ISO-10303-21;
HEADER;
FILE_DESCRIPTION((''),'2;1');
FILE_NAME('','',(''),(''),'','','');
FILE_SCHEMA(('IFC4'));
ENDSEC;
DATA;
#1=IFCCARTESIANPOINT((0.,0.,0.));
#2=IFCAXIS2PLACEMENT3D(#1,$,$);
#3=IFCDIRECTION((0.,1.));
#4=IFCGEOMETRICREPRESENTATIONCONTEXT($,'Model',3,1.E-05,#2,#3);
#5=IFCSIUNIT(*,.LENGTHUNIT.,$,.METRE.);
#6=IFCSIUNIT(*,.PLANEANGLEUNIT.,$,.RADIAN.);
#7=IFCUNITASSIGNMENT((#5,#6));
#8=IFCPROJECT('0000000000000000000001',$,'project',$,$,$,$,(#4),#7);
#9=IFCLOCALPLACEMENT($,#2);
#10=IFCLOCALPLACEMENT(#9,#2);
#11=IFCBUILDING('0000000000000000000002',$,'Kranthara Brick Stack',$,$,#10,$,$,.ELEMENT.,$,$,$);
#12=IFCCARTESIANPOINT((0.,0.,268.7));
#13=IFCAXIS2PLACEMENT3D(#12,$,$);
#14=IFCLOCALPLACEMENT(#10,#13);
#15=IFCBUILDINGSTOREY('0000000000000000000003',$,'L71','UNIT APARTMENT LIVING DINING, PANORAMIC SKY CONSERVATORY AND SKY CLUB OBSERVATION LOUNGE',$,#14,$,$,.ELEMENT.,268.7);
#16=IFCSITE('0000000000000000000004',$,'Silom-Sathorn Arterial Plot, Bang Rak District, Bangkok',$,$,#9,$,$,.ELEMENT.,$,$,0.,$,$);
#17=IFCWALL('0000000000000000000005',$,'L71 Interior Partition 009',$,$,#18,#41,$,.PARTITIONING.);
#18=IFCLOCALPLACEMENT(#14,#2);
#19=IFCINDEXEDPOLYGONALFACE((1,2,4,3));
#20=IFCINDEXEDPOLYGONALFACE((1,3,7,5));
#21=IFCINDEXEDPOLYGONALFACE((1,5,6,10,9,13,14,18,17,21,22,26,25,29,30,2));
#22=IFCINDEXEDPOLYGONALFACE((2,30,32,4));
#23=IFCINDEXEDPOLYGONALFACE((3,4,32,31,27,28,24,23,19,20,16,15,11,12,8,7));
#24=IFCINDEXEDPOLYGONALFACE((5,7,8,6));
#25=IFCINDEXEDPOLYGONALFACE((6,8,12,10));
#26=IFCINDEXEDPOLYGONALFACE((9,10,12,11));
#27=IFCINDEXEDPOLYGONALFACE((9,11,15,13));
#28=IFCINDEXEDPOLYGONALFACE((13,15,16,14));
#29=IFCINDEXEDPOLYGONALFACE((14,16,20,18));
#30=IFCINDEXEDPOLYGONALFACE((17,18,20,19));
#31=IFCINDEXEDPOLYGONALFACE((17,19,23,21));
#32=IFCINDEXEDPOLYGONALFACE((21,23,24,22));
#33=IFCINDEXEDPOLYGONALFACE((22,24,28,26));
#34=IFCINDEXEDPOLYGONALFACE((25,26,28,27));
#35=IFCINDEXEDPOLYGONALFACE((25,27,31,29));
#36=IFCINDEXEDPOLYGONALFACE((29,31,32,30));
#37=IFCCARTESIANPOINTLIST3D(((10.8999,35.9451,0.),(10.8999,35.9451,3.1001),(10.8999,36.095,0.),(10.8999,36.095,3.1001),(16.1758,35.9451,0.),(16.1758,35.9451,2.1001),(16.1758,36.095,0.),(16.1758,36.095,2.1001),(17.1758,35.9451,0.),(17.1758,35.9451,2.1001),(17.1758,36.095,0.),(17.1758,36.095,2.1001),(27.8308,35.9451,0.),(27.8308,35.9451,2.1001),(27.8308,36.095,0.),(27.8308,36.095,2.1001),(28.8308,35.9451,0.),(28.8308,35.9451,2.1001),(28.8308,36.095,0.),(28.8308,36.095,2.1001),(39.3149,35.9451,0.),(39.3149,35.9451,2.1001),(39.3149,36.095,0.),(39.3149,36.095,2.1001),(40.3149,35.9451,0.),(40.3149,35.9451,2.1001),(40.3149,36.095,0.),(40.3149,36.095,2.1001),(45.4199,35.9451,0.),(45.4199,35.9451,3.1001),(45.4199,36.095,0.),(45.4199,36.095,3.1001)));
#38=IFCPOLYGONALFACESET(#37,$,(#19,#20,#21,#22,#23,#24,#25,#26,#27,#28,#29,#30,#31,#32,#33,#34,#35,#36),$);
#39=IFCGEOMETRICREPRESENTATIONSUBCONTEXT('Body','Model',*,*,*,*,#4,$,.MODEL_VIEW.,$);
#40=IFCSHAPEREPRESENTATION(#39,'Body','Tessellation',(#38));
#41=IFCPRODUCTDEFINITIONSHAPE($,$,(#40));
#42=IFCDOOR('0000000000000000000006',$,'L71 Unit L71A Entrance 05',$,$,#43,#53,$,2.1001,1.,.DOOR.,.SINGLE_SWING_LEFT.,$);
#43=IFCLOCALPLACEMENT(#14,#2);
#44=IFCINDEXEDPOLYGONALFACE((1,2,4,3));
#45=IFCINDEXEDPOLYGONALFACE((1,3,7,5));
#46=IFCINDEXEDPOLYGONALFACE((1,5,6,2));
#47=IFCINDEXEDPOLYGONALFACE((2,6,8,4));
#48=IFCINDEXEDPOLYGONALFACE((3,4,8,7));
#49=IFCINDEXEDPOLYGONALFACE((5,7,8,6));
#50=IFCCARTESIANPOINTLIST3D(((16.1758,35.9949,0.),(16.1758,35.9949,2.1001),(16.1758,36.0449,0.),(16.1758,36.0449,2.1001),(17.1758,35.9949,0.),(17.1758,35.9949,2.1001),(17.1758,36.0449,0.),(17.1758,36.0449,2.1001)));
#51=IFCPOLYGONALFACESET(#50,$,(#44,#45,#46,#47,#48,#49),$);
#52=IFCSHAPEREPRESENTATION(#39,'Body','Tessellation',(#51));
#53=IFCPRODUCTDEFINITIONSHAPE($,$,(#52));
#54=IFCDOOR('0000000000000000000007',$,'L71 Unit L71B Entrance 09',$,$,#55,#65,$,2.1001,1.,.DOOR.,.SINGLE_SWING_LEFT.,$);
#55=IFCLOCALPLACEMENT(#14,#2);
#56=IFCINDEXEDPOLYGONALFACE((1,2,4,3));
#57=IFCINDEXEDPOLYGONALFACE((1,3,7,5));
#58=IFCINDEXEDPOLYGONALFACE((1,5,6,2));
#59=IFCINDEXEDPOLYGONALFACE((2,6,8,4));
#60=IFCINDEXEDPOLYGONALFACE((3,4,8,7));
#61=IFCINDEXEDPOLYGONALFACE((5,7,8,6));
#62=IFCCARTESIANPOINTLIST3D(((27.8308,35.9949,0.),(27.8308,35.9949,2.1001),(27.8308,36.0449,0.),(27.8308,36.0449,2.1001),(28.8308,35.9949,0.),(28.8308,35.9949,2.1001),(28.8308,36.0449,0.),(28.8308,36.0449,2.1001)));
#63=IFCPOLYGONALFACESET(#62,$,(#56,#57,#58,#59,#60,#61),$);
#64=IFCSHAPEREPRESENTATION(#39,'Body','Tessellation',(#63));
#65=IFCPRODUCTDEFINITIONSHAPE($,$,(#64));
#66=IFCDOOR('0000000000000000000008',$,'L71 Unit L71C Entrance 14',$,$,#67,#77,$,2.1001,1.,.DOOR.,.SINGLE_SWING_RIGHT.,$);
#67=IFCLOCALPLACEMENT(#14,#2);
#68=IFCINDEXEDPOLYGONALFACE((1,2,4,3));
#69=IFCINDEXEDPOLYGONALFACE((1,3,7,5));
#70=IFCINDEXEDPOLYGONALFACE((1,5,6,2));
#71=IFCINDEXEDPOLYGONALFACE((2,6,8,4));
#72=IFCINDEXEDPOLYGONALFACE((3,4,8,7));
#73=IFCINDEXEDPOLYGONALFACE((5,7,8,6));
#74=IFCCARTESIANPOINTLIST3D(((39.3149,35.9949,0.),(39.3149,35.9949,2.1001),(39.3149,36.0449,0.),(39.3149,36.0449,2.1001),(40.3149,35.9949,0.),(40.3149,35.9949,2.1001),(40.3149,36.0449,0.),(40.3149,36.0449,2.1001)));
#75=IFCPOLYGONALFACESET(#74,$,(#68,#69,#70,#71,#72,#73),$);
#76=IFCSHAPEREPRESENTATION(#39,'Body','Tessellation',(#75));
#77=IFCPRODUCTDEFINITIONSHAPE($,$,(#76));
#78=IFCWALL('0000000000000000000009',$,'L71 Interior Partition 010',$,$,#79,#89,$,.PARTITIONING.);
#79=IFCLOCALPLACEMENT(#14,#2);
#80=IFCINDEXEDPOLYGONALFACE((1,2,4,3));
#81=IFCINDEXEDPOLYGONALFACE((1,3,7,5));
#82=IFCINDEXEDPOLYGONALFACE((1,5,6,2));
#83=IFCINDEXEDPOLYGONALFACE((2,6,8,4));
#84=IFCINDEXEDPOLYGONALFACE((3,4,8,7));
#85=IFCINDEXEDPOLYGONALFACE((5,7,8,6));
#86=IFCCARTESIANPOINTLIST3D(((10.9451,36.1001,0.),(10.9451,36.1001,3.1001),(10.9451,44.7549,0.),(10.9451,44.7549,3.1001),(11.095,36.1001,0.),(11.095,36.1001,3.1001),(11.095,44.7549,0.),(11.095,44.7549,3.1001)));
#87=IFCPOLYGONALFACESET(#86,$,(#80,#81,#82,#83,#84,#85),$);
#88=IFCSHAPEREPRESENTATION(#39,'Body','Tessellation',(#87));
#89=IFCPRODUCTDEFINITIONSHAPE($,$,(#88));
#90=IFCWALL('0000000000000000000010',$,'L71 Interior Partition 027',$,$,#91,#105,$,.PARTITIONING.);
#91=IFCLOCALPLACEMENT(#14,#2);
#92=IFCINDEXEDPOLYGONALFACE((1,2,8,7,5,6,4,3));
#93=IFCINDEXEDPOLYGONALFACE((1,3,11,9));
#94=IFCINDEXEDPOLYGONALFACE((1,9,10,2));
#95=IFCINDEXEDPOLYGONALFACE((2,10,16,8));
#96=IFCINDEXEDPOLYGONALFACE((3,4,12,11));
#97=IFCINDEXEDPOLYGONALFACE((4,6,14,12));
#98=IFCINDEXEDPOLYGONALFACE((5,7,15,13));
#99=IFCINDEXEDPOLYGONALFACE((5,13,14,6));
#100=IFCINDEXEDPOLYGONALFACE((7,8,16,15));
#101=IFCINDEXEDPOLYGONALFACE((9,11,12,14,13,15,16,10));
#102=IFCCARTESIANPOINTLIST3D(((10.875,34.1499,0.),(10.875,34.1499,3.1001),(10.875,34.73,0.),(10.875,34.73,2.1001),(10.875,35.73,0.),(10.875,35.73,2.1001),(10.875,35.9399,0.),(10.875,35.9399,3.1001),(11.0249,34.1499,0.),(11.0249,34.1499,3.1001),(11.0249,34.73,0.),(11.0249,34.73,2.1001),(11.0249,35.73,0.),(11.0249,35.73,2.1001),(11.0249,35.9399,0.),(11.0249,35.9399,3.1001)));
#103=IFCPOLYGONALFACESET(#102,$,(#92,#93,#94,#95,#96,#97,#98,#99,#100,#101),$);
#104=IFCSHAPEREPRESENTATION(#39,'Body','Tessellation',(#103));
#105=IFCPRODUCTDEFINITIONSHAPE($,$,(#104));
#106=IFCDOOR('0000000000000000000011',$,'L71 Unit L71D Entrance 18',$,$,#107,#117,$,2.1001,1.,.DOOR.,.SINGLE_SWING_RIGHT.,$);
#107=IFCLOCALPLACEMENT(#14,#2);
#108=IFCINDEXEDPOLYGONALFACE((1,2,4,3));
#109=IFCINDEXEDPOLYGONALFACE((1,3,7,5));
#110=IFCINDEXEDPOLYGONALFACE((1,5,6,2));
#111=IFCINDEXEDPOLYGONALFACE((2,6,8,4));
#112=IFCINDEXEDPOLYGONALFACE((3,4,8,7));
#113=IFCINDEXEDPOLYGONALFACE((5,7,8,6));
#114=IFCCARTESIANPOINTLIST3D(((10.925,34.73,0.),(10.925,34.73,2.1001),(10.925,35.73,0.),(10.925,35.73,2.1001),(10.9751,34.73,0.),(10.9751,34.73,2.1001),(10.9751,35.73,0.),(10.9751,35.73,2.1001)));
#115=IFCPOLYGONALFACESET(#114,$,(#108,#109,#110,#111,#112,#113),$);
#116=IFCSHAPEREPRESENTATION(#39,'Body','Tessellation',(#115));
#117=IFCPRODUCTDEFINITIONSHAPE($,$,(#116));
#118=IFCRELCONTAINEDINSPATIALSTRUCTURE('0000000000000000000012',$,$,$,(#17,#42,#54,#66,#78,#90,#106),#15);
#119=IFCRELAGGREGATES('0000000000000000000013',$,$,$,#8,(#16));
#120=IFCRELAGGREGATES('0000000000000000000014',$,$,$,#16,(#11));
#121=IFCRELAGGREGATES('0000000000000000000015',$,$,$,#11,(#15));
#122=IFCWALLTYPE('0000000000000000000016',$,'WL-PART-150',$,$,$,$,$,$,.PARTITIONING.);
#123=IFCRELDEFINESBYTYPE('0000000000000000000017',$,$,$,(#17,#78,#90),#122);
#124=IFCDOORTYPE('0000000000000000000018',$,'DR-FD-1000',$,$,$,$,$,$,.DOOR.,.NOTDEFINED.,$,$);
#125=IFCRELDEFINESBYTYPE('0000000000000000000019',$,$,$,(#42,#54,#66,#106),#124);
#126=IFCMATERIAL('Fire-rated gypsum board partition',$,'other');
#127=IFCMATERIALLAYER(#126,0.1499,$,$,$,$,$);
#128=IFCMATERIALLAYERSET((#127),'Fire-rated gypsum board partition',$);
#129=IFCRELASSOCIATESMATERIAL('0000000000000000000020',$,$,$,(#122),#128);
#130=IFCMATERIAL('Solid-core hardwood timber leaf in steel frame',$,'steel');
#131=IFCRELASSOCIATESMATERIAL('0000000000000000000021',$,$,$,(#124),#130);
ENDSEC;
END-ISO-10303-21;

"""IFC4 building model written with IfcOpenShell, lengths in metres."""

from ifc_helpers import new_model, si_unit, direction, frame, frame_2d, origin, place, context, subcontext, project, spatial, rectangle, extrude, material, layer, layer_set, type_object, element, fill, save


model = new_model("IFC4")

# Units and contexts
model_context = context("Model", 3, precision=1e-05, world=origin(), true_north=direction((0.0, 1.0)))
body_context = subcontext(model_context, "Body", "Model", "MODEL_VIEW")
ifc_project = project(units=[si_unit("LENGTHUNIT", "METRE"), si_unit("PLANEANGLEUNIT", "RADIAN")], contexts=[model_context])

# Site, building, storey
site_placement = place(None, origin())
site = spatial("IfcSite", under=ifc_project, at=site_placement, Name="Silom-Sathorn Arterial Plot, Bang Rak District, Bangkok", CompositionType="ELEMENT", RefElevation=0.0)
building_placement = place(site_placement, origin())
building = spatial("IfcBuilding", under=site, at=building_placement, Name="Kranthara Brick Stack", CompositionType="ELEMENT")
storey_placement = place(building_placement, frame((0.0, 0.0, 268.7)))
storey = spatial("IfcBuildingStorey", under=building, at=storey_placement, Name="L71", Description="UNIT APARTMENT LIVING DINING, PANORAMIC SKY CONSERVATORY AND SKY CLUB OBSERVATION LOUNGE", CompositionType="ELEMENT", Elevation=268.7)

# Wall, openings, doors
ifc_material_1 = material(Name="Fire-rated gypsum board partition", Category="other")
ifc_layer_1 = layer(ifc_material_1, 0.1499)
ifc_layer_set_1 = layer_set([ifc_layer_1], Name="Fire-rated gypsum board partition")
wall_type_1 = type_object("IfcWallType", Name="WL-PART-150", PredefinedType="PARTITIONING", material=ifc_layer_set_1)
wall_1_placement = place(storey_placement, frame((10.8999, 36.02, 0.0), z_axis=(0.0, 0.0, 1.0), x_axis=(1.0, 0.0, 0.0)))
wall_1 = element("IfcWall", 1, at=wall_1_placement, inside=storey, type_object=wall_type_1, Name="L71 Interior Partition 009", PredefinedType="PARTITIONING", context=body_context, shape_type="SweptSolid", body=[
    extrude(rectangle(XDim=34.52, YDim=0.1499, at=frame_2d((17.26, 0.0))), origin(), (0.0, 0.0, 1.0), 3.1001),
])
opening_1_placement = place(wall_1_placement, frame((5.2759, 0.0, 0.0)))
opening_1 = element("IfcOpeningElement", 2, at=opening_1_placement, cuts=wall_1, PredefinedType="OPENING", context=body_context, shape_type="SweptSolid", body=[
    extrude(rectangle(XDim=1.0, YDim=2.1001, at=frame_2d((0.5, 1.05))), frame((0.0, 0.085, 0.0), z_axis=(0.0, -1.0, 0.0), x_axis=(1.0, 0.0, 0.0)), (0.0, 0.0, 1.0), 0.1699),
])
opening_2_placement = place(wall_1_placement, frame((16.9309, 0.0, 0.0)))
opening_2 = element("IfcOpeningElement", 3, at=opening_2_placement, cuts=wall_1, PredefinedType="OPENING", context=body_context, shape_type="SweptSolid", body=[
    extrude(rectangle(XDim=1.0, YDim=2.1001, at=frame_2d((0.5, 1.05))), frame((0.0, 0.085, 0.0), z_axis=(0.0, -1.0, 0.0), x_axis=(1.0, 0.0, 0.0)), (0.0, 0.0, 1.0), 0.1699),
])
opening_3_placement = place(wall_1_placement, frame((28.415, 0.0, 0.0)))
opening_3 = element("IfcOpeningElement", 4, at=opening_3_placement, cuts=wall_1, PredefinedType="OPENING", context=body_context, shape_type="SweptSolid", body=[
    extrude(rectangle(XDim=1.0, YDim=2.1001, at=frame_2d((0.5, 1.05))), frame((0.0, 0.085, 0.0), z_axis=(0.0, -1.0, 0.0), x_axis=(1.0, 0.0, 0.0)), (0.0, 0.0, 1.0), 0.1699),
])
ifc_material_2 = material(Name="Solid-core hardwood timber leaf in steel frame", Category="steel")
door_type_1 = type_object("IfcDoorType", Name="DR-FD-1000", OperationType="NOTDEFINED", PredefinedType="DOOR", material=ifc_material_2)
door_1_placement = place(opening_1_placement, origin())
door_1 = element("IfcDoor", 5, at=door_1_placement, inside=storey, type_object=door_type_1, Name="L71 Unit L71A Entrance 05", OperationType="SINGLE_SWING_LEFT", OverallHeight=2.1001, OverallWidth=1.0, PredefinedType="DOOR", context=body_context, shape_type="SweptSolid", body=[
    extrude(rectangle(XDim=1.0, YDim=2.1001, at=frame_2d((0.5, 1.05))), frame((0.0, 0.0249, 0.0), z_axis=(0.0, -1.0, 0.0), x_axis=(1.0, 0.0, 0.0)), (0.0, 0.0, 1.0), 0.05),
])
fill(opening_1, door_1)
door_2_placement = place(opening_2_placement, origin())
door_2 = element("IfcDoor", 6, at=door_2_placement, inside=storey, type_object=door_type_1, Name="L71 Unit L71B Entrance 09", OperationType="SINGLE_SWING_LEFT", OverallHeight=2.1001, OverallWidth=1.0, PredefinedType="DOOR", context=body_context, shape_type="SweptSolid", body=[
    extrude(rectangle(XDim=1.0, YDim=2.1001, at=frame_2d((0.5, 1.05))), frame((0.0, 0.0249, 0.0), z_axis=(0.0, -1.0, 0.0), x_axis=(1.0, 0.0, 0.0)), (0.0, 0.0, 1.0), 0.05),
])
fill(opening_2, door_2)
door_3_placement = place(opening_3_placement, origin())
door_3 = element("IfcDoor", 7, at=door_3_placement, inside=storey, type_object=door_type_1, Name="L71 Unit L71C Entrance 14", OperationType="SINGLE_SWING_RIGHT", OverallHeight=2.1001, OverallWidth=1.0, PredefinedType="DOOR", context=body_context, shape_type="SweptSolid", body=[
    extrude(rectangle(XDim=1.0, YDim=2.1001, at=frame_2d((0.5, 1.05))), frame((0.0, 0.0249, 0.0), z_axis=(0.0, -1.0, 0.0), x_axis=(1.0, 0.0, 0.0)), (0.0, 0.0, 1.0), 0.05),
])
fill(opening_3, door_3)

# Wall
wall_2_placement = place(storey_placement, frame((11.02, 36.1001, 0.0), z_axis=(0.0, 0.0, 1.0), x_axis=(0.0, 1.0, 0.0)))
element("IfcWall", 8, at=wall_2_placement, inside=storey, type_object=wall_type_1, Name="L71 Interior Partition 010", PredefinedType="PARTITIONING", context=body_context, shape_type="SweptSolid", body=[
    extrude(rectangle(XDim=8.6548, YDim=0.1499, at=frame_2d((4.3274, 0.0))), origin(), (0.0, 0.0, 1.0), 3.1001),
])

# Wall, opening, door
wall_3_placement = place(storey_placement, frame((10.95, 34.1499, 0.0), z_axis=(0.0, 0.0, 1.0), x_axis=(0.0, 1.0, 0.0)))
wall_3 = element("IfcWall", 9, at=wall_3_placement, inside=storey, type_object=wall_type_1, Name="L71 Interior Partition 027", PredefinedType="PARTITIONING", context=body_context, shape_type="SweptSolid", body=[
    extrude(rectangle(XDim=1.79, YDim=0.1499, at=frame_2d((0.895, 0.0))), origin(), (0.0, 0.0, 1.0), 3.1001),
])
opening_4_placement = place(wall_3_placement, frame((0.5801, 0.0, 0.0)))
opening_4 = element("IfcOpeningElement", 10, at=opening_4_placement, cuts=wall_3, PredefinedType="OPENING", context=body_context, shape_type="SweptSolid", body=[
    extrude(rectangle(XDim=1.0, YDim=2.1001, at=frame_2d((0.5, 1.05))), frame((0.0, 0.085, 0.0), z_axis=(0.0, -1.0, 0.0), x_axis=(1.0, 0.0, 0.0)), (0.0, 0.0, 1.0), 0.1699),
])
door_4_placement = place(opening_4_placement, origin())
door_4 = element("IfcDoor", 11, at=door_4_placement, inside=storey, type_object=door_type_1, Name="L71 Unit L71D Entrance 18", OperationType="SINGLE_SWING_RIGHT", OverallHeight=2.1001, OverallWidth=1.0, PredefinedType="DOOR", context=body_context, shape_type="SweptSolid", body=[
    extrude(rectangle(XDim=1.0, YDim=2.1001, at=frame_2d((0.5, 1.05))), frame((0.0, 0.0249, 0.0), z_axis=(0.0, -1.0, 0.0), x_axis=(1.0, 0.0, 0.0)), (0.0, 0.0, 1.0), 0.05),
])
fill(opening_4, door_4)

save(model, "model.ifc")
